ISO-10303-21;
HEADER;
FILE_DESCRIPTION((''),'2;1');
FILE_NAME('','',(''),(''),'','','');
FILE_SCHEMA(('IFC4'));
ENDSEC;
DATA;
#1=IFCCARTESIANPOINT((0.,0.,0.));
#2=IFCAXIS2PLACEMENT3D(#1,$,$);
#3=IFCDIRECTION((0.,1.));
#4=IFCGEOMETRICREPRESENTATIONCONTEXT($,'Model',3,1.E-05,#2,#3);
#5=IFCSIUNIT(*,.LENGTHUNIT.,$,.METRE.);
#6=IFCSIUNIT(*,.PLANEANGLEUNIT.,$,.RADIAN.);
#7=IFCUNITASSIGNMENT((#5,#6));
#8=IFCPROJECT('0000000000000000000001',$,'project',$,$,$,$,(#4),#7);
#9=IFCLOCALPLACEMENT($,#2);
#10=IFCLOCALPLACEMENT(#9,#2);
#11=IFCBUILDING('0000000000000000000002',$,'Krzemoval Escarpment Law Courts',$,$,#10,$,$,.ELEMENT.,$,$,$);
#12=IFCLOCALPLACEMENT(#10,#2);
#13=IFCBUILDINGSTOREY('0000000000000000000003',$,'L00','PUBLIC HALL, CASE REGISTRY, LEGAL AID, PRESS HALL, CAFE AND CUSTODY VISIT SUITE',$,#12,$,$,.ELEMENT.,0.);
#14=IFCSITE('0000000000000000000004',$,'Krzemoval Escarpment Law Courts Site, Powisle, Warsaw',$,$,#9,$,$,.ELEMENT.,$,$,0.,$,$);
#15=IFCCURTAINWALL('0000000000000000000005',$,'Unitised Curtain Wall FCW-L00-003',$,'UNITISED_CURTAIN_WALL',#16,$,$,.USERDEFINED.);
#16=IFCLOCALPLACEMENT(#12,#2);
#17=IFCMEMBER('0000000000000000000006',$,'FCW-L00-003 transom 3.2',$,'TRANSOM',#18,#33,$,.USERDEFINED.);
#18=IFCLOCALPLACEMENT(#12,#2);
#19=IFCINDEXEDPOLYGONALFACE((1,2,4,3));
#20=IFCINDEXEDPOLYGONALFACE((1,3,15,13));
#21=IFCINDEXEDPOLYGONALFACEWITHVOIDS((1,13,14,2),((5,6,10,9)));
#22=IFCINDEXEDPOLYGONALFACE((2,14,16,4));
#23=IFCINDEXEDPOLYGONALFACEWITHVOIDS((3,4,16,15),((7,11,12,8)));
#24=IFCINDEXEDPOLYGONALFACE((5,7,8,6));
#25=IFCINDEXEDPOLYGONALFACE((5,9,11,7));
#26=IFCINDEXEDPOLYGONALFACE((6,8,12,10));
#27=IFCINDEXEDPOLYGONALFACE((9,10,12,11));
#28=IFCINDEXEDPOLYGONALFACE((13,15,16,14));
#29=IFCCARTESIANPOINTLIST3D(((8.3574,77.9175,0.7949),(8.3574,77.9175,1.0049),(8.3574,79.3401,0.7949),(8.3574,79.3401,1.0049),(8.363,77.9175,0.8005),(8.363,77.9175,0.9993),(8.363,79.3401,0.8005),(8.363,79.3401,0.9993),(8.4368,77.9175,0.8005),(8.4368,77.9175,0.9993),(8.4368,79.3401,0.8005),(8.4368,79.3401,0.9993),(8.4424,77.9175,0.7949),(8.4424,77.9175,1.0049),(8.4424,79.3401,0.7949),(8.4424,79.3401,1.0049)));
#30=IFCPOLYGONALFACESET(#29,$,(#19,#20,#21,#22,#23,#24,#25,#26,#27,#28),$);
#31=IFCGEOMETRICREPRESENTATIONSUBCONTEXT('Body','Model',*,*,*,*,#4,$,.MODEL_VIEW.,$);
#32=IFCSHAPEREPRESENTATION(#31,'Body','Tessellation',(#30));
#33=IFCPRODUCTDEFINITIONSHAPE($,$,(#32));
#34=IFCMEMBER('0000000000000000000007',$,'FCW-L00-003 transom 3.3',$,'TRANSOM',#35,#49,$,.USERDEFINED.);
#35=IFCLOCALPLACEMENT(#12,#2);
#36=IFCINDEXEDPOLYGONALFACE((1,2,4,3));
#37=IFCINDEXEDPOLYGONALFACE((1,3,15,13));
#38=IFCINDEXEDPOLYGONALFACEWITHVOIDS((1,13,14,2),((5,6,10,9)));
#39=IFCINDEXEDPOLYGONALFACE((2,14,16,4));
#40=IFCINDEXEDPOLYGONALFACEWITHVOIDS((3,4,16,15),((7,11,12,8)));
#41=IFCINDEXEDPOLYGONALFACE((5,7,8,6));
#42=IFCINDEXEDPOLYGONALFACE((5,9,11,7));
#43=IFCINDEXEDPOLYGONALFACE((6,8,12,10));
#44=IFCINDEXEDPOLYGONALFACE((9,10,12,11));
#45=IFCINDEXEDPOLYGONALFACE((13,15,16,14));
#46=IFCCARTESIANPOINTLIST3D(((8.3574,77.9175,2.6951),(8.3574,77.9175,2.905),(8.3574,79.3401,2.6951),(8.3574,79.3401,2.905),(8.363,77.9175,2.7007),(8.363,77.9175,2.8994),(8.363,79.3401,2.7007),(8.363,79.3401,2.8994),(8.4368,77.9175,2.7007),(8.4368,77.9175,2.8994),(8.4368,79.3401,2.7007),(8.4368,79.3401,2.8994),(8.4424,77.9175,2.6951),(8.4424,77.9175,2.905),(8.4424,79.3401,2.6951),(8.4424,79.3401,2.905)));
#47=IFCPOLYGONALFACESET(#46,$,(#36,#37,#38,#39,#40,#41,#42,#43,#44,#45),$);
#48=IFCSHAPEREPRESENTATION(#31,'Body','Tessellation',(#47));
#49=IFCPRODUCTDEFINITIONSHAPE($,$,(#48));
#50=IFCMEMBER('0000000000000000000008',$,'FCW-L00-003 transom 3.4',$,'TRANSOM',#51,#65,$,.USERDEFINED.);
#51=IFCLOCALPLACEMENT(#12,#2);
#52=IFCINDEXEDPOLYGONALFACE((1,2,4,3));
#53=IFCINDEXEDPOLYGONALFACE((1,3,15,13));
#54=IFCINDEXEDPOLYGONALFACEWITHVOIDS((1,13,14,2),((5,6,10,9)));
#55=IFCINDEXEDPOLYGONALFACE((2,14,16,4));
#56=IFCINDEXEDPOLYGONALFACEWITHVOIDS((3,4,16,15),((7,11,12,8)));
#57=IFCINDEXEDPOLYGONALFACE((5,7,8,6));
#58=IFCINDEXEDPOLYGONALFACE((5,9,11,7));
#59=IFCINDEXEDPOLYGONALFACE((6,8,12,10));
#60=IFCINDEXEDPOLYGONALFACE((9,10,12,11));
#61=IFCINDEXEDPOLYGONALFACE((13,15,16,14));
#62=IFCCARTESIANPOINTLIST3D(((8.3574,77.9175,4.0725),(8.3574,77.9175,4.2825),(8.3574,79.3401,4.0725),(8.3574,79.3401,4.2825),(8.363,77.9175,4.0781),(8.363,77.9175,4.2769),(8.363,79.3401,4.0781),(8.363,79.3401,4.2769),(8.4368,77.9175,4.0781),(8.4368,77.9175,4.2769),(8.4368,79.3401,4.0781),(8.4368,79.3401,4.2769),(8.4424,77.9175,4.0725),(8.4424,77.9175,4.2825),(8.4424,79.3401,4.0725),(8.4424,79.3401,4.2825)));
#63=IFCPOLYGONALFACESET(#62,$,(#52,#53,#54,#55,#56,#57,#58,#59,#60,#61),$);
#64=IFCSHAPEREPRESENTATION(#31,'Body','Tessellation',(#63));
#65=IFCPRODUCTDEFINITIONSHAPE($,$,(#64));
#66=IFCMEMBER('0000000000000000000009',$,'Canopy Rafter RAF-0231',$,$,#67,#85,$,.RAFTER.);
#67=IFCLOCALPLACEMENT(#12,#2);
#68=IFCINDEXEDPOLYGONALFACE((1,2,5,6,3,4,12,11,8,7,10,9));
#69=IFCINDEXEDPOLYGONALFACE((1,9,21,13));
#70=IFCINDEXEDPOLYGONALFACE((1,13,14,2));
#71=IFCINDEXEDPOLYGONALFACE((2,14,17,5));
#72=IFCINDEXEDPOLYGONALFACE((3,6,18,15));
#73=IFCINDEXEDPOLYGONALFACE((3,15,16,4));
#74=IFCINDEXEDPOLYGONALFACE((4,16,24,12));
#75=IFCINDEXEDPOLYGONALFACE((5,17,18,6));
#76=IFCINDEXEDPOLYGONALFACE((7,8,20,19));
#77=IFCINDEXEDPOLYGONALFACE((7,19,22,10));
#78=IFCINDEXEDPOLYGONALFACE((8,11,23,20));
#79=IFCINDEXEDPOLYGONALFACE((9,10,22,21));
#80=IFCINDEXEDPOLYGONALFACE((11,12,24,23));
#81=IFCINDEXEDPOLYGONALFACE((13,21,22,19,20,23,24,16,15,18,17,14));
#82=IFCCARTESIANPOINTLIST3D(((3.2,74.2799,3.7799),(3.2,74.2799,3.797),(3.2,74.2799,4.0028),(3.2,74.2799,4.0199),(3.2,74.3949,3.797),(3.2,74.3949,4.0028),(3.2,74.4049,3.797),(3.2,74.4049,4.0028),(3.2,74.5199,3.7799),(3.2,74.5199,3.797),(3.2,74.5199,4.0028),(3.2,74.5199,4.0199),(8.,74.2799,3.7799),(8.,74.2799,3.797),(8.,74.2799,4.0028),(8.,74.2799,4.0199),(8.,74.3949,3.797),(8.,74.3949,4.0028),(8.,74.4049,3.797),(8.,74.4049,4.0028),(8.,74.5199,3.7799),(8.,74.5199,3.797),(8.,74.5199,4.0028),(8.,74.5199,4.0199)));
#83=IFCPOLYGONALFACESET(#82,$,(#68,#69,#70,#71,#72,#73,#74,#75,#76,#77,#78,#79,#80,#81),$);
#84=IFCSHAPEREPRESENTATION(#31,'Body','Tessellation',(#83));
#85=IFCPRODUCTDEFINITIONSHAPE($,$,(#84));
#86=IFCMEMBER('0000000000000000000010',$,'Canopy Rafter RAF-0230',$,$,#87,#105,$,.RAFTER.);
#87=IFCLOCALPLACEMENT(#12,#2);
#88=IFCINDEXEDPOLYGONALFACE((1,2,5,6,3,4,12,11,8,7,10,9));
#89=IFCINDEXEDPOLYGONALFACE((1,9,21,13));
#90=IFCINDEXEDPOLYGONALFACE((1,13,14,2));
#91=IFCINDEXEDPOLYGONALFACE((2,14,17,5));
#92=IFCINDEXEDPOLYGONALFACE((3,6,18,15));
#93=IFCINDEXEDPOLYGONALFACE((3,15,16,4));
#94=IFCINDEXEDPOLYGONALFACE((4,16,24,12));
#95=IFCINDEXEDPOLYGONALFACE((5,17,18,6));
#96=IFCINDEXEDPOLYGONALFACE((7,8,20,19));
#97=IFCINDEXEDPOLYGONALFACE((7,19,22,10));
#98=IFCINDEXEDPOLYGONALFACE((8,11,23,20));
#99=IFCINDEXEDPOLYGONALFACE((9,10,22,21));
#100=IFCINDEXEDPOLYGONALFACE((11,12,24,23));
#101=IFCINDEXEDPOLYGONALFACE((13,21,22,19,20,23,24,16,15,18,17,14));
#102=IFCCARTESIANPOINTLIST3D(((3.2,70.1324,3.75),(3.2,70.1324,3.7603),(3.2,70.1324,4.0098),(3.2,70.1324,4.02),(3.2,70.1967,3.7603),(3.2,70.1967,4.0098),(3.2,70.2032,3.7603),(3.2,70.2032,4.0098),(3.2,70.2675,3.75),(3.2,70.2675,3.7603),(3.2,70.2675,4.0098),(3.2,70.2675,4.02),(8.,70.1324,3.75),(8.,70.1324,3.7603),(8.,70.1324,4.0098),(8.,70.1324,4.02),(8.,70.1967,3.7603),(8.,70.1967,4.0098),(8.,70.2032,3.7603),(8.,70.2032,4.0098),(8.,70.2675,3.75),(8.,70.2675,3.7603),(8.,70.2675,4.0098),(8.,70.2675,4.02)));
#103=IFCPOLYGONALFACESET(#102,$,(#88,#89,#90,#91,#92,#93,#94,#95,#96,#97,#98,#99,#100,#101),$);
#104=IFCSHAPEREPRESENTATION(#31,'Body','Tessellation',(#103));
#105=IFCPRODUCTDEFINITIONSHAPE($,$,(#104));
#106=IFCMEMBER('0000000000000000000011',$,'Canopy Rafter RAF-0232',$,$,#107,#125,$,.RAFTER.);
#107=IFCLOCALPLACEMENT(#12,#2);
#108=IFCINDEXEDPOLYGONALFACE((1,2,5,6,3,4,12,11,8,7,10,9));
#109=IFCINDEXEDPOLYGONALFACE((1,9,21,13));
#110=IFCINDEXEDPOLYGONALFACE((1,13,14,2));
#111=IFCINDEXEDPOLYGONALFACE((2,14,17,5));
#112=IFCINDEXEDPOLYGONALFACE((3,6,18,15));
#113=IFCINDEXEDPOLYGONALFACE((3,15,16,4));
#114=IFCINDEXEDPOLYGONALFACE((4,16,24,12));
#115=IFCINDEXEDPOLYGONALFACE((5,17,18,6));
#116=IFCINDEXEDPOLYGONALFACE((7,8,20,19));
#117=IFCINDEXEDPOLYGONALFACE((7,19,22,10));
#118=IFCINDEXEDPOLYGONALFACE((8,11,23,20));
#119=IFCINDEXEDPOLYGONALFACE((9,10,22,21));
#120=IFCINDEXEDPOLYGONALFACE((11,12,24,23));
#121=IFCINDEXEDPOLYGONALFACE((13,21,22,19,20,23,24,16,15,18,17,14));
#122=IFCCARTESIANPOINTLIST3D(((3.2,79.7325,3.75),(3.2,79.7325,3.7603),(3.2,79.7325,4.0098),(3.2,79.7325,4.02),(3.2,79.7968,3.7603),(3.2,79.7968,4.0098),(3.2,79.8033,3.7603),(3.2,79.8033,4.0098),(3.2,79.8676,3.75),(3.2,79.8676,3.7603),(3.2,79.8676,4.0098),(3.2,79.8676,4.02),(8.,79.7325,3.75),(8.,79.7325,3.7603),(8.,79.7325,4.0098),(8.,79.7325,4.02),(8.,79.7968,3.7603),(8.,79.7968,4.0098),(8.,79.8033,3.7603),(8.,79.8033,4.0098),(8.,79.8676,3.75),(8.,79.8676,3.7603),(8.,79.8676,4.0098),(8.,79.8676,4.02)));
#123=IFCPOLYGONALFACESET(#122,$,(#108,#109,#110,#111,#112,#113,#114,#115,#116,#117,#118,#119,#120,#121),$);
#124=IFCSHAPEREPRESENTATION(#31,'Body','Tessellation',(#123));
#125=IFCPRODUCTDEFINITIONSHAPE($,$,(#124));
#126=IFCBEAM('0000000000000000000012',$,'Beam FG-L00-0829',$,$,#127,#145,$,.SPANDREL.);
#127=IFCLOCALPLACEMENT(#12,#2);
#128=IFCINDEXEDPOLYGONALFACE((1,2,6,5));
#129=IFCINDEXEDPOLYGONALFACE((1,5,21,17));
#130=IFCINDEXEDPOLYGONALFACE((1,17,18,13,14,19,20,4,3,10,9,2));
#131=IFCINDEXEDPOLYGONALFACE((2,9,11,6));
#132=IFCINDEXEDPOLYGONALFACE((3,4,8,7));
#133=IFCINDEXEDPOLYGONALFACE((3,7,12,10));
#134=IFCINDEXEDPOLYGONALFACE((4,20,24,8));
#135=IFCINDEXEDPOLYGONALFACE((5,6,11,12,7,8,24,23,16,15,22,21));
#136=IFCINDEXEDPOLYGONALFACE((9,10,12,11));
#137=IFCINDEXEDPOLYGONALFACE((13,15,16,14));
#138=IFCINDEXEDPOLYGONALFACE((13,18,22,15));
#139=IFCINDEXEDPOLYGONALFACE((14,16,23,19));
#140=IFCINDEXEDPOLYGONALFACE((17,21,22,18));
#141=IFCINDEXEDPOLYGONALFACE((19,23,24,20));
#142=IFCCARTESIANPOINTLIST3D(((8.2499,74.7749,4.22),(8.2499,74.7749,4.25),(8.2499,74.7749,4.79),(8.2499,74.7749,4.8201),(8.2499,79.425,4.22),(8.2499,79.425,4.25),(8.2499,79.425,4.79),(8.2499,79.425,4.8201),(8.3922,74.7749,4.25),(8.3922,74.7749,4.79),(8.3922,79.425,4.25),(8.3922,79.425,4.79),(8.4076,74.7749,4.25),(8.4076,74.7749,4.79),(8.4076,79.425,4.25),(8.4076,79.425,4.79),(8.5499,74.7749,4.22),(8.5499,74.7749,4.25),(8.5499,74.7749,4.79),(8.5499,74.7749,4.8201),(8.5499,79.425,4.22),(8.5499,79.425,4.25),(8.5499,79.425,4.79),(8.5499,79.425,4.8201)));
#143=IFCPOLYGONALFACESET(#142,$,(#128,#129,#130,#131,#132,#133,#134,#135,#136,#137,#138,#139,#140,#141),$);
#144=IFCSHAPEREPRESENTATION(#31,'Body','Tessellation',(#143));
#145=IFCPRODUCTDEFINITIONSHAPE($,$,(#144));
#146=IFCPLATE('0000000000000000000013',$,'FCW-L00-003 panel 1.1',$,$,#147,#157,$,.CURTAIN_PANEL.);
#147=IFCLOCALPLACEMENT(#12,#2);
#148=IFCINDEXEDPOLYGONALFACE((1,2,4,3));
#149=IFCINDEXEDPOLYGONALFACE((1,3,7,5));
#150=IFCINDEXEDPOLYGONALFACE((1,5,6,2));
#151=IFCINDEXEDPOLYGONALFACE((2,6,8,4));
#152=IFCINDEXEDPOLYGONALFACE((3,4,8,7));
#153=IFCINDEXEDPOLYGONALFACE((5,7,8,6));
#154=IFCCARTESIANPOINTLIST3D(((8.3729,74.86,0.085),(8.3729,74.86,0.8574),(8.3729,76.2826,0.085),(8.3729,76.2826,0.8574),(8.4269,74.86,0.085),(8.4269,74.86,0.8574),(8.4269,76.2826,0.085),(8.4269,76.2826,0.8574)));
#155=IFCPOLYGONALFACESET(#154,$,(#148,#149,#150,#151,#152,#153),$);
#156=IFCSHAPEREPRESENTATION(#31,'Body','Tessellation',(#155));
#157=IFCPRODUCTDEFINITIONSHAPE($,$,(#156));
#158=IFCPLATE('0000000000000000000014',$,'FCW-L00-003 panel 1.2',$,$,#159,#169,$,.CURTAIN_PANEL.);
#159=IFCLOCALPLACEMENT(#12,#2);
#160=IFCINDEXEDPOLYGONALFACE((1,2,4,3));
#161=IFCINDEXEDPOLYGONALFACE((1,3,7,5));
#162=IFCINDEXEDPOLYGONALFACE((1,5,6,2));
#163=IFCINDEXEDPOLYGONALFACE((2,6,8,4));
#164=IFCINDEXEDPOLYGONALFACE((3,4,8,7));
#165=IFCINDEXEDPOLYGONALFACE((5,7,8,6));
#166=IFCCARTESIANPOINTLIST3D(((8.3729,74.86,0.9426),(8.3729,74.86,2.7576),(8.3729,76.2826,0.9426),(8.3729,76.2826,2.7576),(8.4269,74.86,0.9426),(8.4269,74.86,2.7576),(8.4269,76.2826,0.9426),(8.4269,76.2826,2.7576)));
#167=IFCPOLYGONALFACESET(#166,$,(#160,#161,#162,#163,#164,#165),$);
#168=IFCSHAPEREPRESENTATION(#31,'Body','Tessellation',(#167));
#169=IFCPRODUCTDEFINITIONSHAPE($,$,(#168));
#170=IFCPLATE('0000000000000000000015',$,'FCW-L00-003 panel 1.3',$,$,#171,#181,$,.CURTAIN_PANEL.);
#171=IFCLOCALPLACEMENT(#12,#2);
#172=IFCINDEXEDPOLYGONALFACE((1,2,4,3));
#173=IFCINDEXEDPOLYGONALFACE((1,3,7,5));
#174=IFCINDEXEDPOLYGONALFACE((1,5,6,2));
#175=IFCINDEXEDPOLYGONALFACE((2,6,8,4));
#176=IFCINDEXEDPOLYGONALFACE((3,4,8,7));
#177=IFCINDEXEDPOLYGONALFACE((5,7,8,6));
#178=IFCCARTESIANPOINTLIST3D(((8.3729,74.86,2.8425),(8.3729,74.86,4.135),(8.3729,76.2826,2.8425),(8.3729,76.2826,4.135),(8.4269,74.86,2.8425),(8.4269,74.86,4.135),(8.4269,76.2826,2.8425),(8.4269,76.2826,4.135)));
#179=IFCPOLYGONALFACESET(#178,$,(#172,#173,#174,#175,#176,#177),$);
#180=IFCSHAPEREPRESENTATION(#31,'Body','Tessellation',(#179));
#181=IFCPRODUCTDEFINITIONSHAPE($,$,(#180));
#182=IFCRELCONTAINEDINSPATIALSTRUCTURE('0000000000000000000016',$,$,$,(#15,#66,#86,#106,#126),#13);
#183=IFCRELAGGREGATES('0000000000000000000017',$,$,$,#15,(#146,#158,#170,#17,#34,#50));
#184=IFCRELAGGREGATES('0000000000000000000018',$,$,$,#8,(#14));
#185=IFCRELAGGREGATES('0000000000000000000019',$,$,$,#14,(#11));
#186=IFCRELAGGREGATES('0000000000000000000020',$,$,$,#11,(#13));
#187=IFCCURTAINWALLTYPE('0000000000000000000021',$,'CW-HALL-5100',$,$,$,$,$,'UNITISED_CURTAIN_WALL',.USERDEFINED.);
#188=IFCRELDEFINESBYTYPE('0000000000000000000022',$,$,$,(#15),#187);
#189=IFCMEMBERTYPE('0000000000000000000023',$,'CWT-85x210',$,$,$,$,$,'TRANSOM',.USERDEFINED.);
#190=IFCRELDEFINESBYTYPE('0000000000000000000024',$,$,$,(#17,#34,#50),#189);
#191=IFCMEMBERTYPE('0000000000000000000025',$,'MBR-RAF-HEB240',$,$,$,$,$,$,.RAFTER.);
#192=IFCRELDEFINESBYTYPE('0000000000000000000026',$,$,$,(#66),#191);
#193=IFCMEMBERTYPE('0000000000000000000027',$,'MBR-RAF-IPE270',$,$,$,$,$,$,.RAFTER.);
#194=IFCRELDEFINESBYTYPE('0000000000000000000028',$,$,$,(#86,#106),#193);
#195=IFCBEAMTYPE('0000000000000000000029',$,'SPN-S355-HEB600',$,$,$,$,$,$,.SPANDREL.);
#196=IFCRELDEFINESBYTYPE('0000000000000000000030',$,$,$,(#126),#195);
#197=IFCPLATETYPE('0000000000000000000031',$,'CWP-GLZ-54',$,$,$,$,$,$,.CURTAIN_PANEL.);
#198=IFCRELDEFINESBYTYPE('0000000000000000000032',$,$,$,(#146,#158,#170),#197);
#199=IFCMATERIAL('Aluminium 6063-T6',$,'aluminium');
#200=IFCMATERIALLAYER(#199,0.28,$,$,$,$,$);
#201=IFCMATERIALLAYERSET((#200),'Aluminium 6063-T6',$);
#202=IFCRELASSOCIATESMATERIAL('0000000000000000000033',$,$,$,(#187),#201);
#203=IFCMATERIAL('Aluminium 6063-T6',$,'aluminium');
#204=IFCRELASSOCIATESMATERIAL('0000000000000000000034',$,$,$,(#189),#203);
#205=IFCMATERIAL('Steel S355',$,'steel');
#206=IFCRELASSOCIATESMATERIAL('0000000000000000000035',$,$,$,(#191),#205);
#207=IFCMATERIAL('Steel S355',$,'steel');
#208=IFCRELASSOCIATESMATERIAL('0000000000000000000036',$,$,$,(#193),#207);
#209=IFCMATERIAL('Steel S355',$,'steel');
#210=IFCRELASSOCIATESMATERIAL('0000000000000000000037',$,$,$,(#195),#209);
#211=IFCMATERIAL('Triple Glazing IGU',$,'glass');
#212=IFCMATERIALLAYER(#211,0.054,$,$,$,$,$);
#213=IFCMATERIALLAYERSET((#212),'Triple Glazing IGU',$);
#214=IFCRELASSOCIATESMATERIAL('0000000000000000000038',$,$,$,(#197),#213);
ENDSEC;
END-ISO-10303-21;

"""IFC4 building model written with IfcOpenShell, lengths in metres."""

from ifc_helpers import new_model, si_unit, direction, frame, origin, origin_2d, place, context, subcontext, project, spatial, rectangle, hollow_rectangle, i_section, extrude, material, layer, layer_set, material_profile, profile_set, type_object, element, aggregate, save


model = new_model("IFC4")

# Units and contexts
model_context = context("Model", 3, precision=1e-05, world=origin(), true_north=direction((0.0, 1.0)))
body_context = subcontext(model_context, "Body", "Model", "MODEL_VIEW")
ifc_project = project(units=[si_unit("LENGTHUNIT", "METRE"), si_unit("PLANEANGLEUNIT", "RADIAN")], contexts=[model_context])

# Site, building, storey
site_placement = place(None, origin())
site = spatial("IfcSite", under=ifc_project, at=site_placement, Name="Krzemoval Escarpment Law Courts Site, Powisle, Warsaw", CompositionType="ELEMENT", RefElevation=0.0)
building_placement = place(site_placement, origin())
building = spatial("IfcBuilding", under=site, at=building_placement, Name="Krzemoval Escarpment Law Courts", CompositionType="ELEMENT")
storey_placement = place(building_placement, origin())
storey = spatial("IfcBuildingStorey", under=building, at=storey_placement, Name="L00", Description="PUBLIC HALL, CASE REGISTRY, LEGAL AID, PRESS HALL, CAFE AND CUSTODY VISIT SUITE", CompositionType="ELEMENT", Elevation=0.0)

# Curtain wall, members
ifc_material_1 = material(Name="Aluminium 6063-T6", Category="aluminium")
ifc_layer_1 = layer(ifc_material_1, 0.28)
ifc_layer_set_1 = layer_set([ifc_layer_1], Name="Aluminium 6063-T6")
curtain_wall_type = type_object("IfcCurtainWallType", Name="CW-HALL-5100", ElementType="UNITISED_CURTAIN_WALL", PredefinedType="USERDEFINED", material=ifc_layer_set_1)
curtain_wall_placement = place(storey_placement, origin())
curtain_wall = element("IfcCurtainWall", 1, at=curtain_wall_placement, inside=storey, type_object=curtain_wall_type, Name="Unitised Curtain Wall FCW-L00-003", ObjectType="UNITISED_CURTAIN_WALL", PredefinedType="USERDEFINED")
ifc_material_2 = material(Name="Aluminium 6063-T6", Category="aluminium")
ifc_material_profile_1 = material_profile(ifc_material_2, hollow_rectangle(XDim=0.085, YDim=0.21, WallThickness=0.0056, at=origin_2d()), Name="ALU T85x210")
ifc_profile_set_1 = profile_set([ifc_material_profile_1], Name="Aluminium 6063-T6")
member_type_1 = type_object("IfcMemberType", Name="CWT-85x210", ElementType="TRANSOM", PredefinedType="USERDEFINED", material=ifc_profile_set_1)
member_1_placement = place(storey_placement, frame((8.3999, 77.9175, 0.8999), z_axis=(0.0, 1.0, 0.0), x_axis=(-1.0, 0.0, 0.0)))
member_1 = element("IfcMember", 2, at=member_1_placement, type_object=member_type_1, Name="FCW-L00-003 transom 3.2", ObjectType="TRANSOM", PredefinedType="USERDEFINED", context=body_context, shape_type="SweptSolid", body=[
    extrude(hollow_rectangle(XDim=0.085, YDim=0.21, WallThickness=0.0056, at=origin_2d()), origin(), (0.0, 0.0, 1.0), 1.4226),
])
member_2_placement = place(storey_placement, frame((8.3999, 77.9175, 2.8), z_axis=(0.0, 1.0, 0.0), x_axis=(-1.0, 0.0, 0.0)))
member_2 = element("IfcMember", 3, at=member_2_placement, type_object=member_type_1, Name="FCW-L00-003 transom 3.3", ObjectType="TRANSOM", PredefinedType="USERDEFINED", context=body_context, shape_type="SweptSolid", body=[
    extrude(hollow_rectangle(XDim=0.085, YDim=0.21, WallThickness=0.0056, at=origin_2d()), origin(), (0.0, 0.0, 1.0), 1.4226),
])
member_3_placement = place(storey_placement, frame((8.3999, 77.9175, 4.1775), z_axis=(0.0, 1.0, 0.0), x_axis=(-1.0, 0.0, 0.0)))
member_3 = element("IfcMember", 4, at=member_3_placement, type_object=member_type_1, Name="FCW-L00-003 transom 3.4", ObjectType="TRANSOM", PredefinedType="USERDEFINED", context=body_context, shape_type="SweptSolid", body=[
    extrude(hollow_rectangle(XDim=0.085, YDim=0.21, WallThickness=0.0056, at=origin_2d()), origin(), (0.0, 0.0, 1.0), 1.4226),
])

# Members
ifc_material_3 = material(Name="Steel S355", Category="steel")
ifc_material_profile_2 = material_profile(ifc_material_3, i_section(OverallWidth=0.24, OverallDepth=0.24, WebThickness=0.01, FlangeThickness=0.0171, at=origin_2d()), Name="HEB 240")
ifc_profile_set_2 = profile_set([ifc_material_profile_2], Name="Steel S355")
member_type_2 = type_object("IfcMemberType", Name="MBR-RAF-HEB240", PredefinedType="RAFTER", material=ifc_profile_set_2)
member_4_placement = place(storey_placement, frame((3.2, 74.3999, 3.8999), z_axis=(1.0, 0.0, 0.0), x_axis=(0.0, 1.0, 0.0)))
element("IfcMember", 5, at=member_4_placement, inside=storey, type_object=member_type_2, Name="Canopy Rafter RAF-0231", PredefinedType="RAFTER", context=body_context, shape_type="SweptSolid", body=[
    extrude(i_section(OverallWidth=0.24, OverallDepth=0.24, WebThickness=0.01, FlangeThickness=0.0171, at=origin_2d()), origin(), (0.0, 0.0, 1.0), 4.8),
])
ifc_material_4 = material(Name="Steel S355", Category="steel")
ifc_material_profile_3 = material_profile(ifc_material_4, i_section(OverallWidth=0.135, OverallDepth=0.27, WebThickness=0.0066, FlangeThickness=0.0103, at=origin_2d()), Name="IPE 270")
ifc_profile_set_3 = profile_set([ifc_material_profile_3], Name="Steel S355")
member_type_3 = type_object("IfcMemberType", Name="MBR-RAF-IPE270", PredefinedType="RAFTER", material=ifc_profile_set_3)
for number, where, z_axis, x_axis, name in (
    (6, (3.2, 70.2, 3.885), (1.0, 0.0, 0.0), (0.0, 1.0, 0.0), "Canopy Rafter RAF-0230"),
    (7, (3.2, 79.8, 3.885), (1.0, 0.0, 0.0), (0.0, 1.0, 0.0), "Canopy Rafter RAF-0232"),
):
    element("IfcMember", number, at=place(storey_placement, frame(where, z_axis=z_axis, x_axis=x_axis)), inside=storey, type_object=member_type_3, Name=name, PredefinedType="RAFTER", context=body_context, shape_type="SweptSolid", body=[
        extrude(i_section(OverallWidth=0.135, OverallDepth=0.27, WebThickness=0.0066, FlangeThickness=0.0103, at=origin_2d()), origin(), (0.0, 0.0, 1.0), 4.8),
    ])

# Beam
ifc_material_5 = material(Name="Steel S355", Category="steel")
ifc_material_profile_4 = material_profile(ifc_material_5, i_section(OverallWidth=0.3, OverallDepth=0.6001, WebThickness=0.0154, FlangeThickness=0.03, at=origin_2d()), Name="HEB 600")
ifc_profile_set_4 = profile_set([ifc_material_profile_4], Name="Steel S355")
beam_type_1 = type_object("IfcBeamType", Name="SPN-S355-HEB600", PredefinedType="SPANDREL", material=ifc_profile_set_4)
beam_placement = place(storey_placement, frame((8.3999, 74.7749, 4.52), z_axis=(0.0, 1.0, 0.0), x_axis=(-1.0, 0.0, 0.0)))
element("IfcBeam", 8, at=beam_placement, inside=storey, type_object=beam_type_1, Name="Beam FG-L00-0829", PredefinedType="SPANDREL", context=body_context, shape_type="SweptSolid", body=[
    extrude(i_section(OverallWidth=0.3, OverallDepth=0.6001, WebThickness=0.0154, FlangeThickness=0.03, at=origin_2d()), origin(), (0.0, 0.0, 1.0), 4.6501),
])

# Plates
ifc_material_6 = material(Name="Triple Glazing IGU", Category="glass")
ifc_layer_2 = layer(ifc_material_6, 0.054)
ifc_layer_set_2 = layer_set([ifc_layer_2], Name="Triple Glazing IGU")
plate_type_1 = type_object("IfcPlateType", Name="CWP-GLZ-54", PredefinedType="CURTAIN_PANEL", material=ifc_layer_set_2)
plate_1_placement = place(storey_placement, frame((8.3999, 75.5713, 0.085), z_axis=(0.0, 0.0, 1.0), x_axis=(0.0, 1.0, 0.0)))
plate_1 = element("IfcPlate", 9, at=plate_1_placement, type_object=plate_type_1, Name="FCW-L00-003 panel 1.1", PredefinedType="CURTAIN_PANEL", context=body_context, shape_type="SweptSolid", body=[
    extrude(rectangle(XDim=1.4226, YDim=0.054, at=origin_2d()), origin(), (0.0, 0.0, 1.0), 0.7725),
])
plate_2_placement = place(storey_placement, frame((8.3999, 75.5713, 0.9426), z_axis=(0.0, 0.0, 1.0), x_axis=(0.0, 1.0, 0.0)))
plate_2 = element("IfcPlate", 10, at=plate_2_placement, type_object=plate_type_1, Name="FCW-L00-003 panel 1.2", PredefinedType="CURTAIN_PANEL", context=body_context, shape_type="SweptSolid", body=[
    extrude(rectangle(XDim=1.4226, YDim=0.054, at=origin_2d()), origin(), (0.0, 0.0, 1.0), 1.8149),
])
plate_3_placement = place(storey_placement, frame((8.3999, 75.5713, 2.8425), z_axis=(0.0, 0.0, 1.0), x_axis=(0.0, 1.0, 0.0)))
plate_3 = element("IfcPlate", 11, at=plate_3_placement, type_object=plate_type_1, Name="FCW-L00-003 panel 1.3", PredefinedType="CURTAIN_PANEL", context=body_context, shape_type="SweptSolid", body=[
    extrude(rectangle(XDim=1.4226, YDim=0.054, at=origin_2d()), origin(), (0.0, 0.0, 1.0), 1.2925),
])
aggregate(curtain_wall, [plate_1, plate_2, plate_3, member_1, member_2, member_3])

save(model, "model.ifc")
